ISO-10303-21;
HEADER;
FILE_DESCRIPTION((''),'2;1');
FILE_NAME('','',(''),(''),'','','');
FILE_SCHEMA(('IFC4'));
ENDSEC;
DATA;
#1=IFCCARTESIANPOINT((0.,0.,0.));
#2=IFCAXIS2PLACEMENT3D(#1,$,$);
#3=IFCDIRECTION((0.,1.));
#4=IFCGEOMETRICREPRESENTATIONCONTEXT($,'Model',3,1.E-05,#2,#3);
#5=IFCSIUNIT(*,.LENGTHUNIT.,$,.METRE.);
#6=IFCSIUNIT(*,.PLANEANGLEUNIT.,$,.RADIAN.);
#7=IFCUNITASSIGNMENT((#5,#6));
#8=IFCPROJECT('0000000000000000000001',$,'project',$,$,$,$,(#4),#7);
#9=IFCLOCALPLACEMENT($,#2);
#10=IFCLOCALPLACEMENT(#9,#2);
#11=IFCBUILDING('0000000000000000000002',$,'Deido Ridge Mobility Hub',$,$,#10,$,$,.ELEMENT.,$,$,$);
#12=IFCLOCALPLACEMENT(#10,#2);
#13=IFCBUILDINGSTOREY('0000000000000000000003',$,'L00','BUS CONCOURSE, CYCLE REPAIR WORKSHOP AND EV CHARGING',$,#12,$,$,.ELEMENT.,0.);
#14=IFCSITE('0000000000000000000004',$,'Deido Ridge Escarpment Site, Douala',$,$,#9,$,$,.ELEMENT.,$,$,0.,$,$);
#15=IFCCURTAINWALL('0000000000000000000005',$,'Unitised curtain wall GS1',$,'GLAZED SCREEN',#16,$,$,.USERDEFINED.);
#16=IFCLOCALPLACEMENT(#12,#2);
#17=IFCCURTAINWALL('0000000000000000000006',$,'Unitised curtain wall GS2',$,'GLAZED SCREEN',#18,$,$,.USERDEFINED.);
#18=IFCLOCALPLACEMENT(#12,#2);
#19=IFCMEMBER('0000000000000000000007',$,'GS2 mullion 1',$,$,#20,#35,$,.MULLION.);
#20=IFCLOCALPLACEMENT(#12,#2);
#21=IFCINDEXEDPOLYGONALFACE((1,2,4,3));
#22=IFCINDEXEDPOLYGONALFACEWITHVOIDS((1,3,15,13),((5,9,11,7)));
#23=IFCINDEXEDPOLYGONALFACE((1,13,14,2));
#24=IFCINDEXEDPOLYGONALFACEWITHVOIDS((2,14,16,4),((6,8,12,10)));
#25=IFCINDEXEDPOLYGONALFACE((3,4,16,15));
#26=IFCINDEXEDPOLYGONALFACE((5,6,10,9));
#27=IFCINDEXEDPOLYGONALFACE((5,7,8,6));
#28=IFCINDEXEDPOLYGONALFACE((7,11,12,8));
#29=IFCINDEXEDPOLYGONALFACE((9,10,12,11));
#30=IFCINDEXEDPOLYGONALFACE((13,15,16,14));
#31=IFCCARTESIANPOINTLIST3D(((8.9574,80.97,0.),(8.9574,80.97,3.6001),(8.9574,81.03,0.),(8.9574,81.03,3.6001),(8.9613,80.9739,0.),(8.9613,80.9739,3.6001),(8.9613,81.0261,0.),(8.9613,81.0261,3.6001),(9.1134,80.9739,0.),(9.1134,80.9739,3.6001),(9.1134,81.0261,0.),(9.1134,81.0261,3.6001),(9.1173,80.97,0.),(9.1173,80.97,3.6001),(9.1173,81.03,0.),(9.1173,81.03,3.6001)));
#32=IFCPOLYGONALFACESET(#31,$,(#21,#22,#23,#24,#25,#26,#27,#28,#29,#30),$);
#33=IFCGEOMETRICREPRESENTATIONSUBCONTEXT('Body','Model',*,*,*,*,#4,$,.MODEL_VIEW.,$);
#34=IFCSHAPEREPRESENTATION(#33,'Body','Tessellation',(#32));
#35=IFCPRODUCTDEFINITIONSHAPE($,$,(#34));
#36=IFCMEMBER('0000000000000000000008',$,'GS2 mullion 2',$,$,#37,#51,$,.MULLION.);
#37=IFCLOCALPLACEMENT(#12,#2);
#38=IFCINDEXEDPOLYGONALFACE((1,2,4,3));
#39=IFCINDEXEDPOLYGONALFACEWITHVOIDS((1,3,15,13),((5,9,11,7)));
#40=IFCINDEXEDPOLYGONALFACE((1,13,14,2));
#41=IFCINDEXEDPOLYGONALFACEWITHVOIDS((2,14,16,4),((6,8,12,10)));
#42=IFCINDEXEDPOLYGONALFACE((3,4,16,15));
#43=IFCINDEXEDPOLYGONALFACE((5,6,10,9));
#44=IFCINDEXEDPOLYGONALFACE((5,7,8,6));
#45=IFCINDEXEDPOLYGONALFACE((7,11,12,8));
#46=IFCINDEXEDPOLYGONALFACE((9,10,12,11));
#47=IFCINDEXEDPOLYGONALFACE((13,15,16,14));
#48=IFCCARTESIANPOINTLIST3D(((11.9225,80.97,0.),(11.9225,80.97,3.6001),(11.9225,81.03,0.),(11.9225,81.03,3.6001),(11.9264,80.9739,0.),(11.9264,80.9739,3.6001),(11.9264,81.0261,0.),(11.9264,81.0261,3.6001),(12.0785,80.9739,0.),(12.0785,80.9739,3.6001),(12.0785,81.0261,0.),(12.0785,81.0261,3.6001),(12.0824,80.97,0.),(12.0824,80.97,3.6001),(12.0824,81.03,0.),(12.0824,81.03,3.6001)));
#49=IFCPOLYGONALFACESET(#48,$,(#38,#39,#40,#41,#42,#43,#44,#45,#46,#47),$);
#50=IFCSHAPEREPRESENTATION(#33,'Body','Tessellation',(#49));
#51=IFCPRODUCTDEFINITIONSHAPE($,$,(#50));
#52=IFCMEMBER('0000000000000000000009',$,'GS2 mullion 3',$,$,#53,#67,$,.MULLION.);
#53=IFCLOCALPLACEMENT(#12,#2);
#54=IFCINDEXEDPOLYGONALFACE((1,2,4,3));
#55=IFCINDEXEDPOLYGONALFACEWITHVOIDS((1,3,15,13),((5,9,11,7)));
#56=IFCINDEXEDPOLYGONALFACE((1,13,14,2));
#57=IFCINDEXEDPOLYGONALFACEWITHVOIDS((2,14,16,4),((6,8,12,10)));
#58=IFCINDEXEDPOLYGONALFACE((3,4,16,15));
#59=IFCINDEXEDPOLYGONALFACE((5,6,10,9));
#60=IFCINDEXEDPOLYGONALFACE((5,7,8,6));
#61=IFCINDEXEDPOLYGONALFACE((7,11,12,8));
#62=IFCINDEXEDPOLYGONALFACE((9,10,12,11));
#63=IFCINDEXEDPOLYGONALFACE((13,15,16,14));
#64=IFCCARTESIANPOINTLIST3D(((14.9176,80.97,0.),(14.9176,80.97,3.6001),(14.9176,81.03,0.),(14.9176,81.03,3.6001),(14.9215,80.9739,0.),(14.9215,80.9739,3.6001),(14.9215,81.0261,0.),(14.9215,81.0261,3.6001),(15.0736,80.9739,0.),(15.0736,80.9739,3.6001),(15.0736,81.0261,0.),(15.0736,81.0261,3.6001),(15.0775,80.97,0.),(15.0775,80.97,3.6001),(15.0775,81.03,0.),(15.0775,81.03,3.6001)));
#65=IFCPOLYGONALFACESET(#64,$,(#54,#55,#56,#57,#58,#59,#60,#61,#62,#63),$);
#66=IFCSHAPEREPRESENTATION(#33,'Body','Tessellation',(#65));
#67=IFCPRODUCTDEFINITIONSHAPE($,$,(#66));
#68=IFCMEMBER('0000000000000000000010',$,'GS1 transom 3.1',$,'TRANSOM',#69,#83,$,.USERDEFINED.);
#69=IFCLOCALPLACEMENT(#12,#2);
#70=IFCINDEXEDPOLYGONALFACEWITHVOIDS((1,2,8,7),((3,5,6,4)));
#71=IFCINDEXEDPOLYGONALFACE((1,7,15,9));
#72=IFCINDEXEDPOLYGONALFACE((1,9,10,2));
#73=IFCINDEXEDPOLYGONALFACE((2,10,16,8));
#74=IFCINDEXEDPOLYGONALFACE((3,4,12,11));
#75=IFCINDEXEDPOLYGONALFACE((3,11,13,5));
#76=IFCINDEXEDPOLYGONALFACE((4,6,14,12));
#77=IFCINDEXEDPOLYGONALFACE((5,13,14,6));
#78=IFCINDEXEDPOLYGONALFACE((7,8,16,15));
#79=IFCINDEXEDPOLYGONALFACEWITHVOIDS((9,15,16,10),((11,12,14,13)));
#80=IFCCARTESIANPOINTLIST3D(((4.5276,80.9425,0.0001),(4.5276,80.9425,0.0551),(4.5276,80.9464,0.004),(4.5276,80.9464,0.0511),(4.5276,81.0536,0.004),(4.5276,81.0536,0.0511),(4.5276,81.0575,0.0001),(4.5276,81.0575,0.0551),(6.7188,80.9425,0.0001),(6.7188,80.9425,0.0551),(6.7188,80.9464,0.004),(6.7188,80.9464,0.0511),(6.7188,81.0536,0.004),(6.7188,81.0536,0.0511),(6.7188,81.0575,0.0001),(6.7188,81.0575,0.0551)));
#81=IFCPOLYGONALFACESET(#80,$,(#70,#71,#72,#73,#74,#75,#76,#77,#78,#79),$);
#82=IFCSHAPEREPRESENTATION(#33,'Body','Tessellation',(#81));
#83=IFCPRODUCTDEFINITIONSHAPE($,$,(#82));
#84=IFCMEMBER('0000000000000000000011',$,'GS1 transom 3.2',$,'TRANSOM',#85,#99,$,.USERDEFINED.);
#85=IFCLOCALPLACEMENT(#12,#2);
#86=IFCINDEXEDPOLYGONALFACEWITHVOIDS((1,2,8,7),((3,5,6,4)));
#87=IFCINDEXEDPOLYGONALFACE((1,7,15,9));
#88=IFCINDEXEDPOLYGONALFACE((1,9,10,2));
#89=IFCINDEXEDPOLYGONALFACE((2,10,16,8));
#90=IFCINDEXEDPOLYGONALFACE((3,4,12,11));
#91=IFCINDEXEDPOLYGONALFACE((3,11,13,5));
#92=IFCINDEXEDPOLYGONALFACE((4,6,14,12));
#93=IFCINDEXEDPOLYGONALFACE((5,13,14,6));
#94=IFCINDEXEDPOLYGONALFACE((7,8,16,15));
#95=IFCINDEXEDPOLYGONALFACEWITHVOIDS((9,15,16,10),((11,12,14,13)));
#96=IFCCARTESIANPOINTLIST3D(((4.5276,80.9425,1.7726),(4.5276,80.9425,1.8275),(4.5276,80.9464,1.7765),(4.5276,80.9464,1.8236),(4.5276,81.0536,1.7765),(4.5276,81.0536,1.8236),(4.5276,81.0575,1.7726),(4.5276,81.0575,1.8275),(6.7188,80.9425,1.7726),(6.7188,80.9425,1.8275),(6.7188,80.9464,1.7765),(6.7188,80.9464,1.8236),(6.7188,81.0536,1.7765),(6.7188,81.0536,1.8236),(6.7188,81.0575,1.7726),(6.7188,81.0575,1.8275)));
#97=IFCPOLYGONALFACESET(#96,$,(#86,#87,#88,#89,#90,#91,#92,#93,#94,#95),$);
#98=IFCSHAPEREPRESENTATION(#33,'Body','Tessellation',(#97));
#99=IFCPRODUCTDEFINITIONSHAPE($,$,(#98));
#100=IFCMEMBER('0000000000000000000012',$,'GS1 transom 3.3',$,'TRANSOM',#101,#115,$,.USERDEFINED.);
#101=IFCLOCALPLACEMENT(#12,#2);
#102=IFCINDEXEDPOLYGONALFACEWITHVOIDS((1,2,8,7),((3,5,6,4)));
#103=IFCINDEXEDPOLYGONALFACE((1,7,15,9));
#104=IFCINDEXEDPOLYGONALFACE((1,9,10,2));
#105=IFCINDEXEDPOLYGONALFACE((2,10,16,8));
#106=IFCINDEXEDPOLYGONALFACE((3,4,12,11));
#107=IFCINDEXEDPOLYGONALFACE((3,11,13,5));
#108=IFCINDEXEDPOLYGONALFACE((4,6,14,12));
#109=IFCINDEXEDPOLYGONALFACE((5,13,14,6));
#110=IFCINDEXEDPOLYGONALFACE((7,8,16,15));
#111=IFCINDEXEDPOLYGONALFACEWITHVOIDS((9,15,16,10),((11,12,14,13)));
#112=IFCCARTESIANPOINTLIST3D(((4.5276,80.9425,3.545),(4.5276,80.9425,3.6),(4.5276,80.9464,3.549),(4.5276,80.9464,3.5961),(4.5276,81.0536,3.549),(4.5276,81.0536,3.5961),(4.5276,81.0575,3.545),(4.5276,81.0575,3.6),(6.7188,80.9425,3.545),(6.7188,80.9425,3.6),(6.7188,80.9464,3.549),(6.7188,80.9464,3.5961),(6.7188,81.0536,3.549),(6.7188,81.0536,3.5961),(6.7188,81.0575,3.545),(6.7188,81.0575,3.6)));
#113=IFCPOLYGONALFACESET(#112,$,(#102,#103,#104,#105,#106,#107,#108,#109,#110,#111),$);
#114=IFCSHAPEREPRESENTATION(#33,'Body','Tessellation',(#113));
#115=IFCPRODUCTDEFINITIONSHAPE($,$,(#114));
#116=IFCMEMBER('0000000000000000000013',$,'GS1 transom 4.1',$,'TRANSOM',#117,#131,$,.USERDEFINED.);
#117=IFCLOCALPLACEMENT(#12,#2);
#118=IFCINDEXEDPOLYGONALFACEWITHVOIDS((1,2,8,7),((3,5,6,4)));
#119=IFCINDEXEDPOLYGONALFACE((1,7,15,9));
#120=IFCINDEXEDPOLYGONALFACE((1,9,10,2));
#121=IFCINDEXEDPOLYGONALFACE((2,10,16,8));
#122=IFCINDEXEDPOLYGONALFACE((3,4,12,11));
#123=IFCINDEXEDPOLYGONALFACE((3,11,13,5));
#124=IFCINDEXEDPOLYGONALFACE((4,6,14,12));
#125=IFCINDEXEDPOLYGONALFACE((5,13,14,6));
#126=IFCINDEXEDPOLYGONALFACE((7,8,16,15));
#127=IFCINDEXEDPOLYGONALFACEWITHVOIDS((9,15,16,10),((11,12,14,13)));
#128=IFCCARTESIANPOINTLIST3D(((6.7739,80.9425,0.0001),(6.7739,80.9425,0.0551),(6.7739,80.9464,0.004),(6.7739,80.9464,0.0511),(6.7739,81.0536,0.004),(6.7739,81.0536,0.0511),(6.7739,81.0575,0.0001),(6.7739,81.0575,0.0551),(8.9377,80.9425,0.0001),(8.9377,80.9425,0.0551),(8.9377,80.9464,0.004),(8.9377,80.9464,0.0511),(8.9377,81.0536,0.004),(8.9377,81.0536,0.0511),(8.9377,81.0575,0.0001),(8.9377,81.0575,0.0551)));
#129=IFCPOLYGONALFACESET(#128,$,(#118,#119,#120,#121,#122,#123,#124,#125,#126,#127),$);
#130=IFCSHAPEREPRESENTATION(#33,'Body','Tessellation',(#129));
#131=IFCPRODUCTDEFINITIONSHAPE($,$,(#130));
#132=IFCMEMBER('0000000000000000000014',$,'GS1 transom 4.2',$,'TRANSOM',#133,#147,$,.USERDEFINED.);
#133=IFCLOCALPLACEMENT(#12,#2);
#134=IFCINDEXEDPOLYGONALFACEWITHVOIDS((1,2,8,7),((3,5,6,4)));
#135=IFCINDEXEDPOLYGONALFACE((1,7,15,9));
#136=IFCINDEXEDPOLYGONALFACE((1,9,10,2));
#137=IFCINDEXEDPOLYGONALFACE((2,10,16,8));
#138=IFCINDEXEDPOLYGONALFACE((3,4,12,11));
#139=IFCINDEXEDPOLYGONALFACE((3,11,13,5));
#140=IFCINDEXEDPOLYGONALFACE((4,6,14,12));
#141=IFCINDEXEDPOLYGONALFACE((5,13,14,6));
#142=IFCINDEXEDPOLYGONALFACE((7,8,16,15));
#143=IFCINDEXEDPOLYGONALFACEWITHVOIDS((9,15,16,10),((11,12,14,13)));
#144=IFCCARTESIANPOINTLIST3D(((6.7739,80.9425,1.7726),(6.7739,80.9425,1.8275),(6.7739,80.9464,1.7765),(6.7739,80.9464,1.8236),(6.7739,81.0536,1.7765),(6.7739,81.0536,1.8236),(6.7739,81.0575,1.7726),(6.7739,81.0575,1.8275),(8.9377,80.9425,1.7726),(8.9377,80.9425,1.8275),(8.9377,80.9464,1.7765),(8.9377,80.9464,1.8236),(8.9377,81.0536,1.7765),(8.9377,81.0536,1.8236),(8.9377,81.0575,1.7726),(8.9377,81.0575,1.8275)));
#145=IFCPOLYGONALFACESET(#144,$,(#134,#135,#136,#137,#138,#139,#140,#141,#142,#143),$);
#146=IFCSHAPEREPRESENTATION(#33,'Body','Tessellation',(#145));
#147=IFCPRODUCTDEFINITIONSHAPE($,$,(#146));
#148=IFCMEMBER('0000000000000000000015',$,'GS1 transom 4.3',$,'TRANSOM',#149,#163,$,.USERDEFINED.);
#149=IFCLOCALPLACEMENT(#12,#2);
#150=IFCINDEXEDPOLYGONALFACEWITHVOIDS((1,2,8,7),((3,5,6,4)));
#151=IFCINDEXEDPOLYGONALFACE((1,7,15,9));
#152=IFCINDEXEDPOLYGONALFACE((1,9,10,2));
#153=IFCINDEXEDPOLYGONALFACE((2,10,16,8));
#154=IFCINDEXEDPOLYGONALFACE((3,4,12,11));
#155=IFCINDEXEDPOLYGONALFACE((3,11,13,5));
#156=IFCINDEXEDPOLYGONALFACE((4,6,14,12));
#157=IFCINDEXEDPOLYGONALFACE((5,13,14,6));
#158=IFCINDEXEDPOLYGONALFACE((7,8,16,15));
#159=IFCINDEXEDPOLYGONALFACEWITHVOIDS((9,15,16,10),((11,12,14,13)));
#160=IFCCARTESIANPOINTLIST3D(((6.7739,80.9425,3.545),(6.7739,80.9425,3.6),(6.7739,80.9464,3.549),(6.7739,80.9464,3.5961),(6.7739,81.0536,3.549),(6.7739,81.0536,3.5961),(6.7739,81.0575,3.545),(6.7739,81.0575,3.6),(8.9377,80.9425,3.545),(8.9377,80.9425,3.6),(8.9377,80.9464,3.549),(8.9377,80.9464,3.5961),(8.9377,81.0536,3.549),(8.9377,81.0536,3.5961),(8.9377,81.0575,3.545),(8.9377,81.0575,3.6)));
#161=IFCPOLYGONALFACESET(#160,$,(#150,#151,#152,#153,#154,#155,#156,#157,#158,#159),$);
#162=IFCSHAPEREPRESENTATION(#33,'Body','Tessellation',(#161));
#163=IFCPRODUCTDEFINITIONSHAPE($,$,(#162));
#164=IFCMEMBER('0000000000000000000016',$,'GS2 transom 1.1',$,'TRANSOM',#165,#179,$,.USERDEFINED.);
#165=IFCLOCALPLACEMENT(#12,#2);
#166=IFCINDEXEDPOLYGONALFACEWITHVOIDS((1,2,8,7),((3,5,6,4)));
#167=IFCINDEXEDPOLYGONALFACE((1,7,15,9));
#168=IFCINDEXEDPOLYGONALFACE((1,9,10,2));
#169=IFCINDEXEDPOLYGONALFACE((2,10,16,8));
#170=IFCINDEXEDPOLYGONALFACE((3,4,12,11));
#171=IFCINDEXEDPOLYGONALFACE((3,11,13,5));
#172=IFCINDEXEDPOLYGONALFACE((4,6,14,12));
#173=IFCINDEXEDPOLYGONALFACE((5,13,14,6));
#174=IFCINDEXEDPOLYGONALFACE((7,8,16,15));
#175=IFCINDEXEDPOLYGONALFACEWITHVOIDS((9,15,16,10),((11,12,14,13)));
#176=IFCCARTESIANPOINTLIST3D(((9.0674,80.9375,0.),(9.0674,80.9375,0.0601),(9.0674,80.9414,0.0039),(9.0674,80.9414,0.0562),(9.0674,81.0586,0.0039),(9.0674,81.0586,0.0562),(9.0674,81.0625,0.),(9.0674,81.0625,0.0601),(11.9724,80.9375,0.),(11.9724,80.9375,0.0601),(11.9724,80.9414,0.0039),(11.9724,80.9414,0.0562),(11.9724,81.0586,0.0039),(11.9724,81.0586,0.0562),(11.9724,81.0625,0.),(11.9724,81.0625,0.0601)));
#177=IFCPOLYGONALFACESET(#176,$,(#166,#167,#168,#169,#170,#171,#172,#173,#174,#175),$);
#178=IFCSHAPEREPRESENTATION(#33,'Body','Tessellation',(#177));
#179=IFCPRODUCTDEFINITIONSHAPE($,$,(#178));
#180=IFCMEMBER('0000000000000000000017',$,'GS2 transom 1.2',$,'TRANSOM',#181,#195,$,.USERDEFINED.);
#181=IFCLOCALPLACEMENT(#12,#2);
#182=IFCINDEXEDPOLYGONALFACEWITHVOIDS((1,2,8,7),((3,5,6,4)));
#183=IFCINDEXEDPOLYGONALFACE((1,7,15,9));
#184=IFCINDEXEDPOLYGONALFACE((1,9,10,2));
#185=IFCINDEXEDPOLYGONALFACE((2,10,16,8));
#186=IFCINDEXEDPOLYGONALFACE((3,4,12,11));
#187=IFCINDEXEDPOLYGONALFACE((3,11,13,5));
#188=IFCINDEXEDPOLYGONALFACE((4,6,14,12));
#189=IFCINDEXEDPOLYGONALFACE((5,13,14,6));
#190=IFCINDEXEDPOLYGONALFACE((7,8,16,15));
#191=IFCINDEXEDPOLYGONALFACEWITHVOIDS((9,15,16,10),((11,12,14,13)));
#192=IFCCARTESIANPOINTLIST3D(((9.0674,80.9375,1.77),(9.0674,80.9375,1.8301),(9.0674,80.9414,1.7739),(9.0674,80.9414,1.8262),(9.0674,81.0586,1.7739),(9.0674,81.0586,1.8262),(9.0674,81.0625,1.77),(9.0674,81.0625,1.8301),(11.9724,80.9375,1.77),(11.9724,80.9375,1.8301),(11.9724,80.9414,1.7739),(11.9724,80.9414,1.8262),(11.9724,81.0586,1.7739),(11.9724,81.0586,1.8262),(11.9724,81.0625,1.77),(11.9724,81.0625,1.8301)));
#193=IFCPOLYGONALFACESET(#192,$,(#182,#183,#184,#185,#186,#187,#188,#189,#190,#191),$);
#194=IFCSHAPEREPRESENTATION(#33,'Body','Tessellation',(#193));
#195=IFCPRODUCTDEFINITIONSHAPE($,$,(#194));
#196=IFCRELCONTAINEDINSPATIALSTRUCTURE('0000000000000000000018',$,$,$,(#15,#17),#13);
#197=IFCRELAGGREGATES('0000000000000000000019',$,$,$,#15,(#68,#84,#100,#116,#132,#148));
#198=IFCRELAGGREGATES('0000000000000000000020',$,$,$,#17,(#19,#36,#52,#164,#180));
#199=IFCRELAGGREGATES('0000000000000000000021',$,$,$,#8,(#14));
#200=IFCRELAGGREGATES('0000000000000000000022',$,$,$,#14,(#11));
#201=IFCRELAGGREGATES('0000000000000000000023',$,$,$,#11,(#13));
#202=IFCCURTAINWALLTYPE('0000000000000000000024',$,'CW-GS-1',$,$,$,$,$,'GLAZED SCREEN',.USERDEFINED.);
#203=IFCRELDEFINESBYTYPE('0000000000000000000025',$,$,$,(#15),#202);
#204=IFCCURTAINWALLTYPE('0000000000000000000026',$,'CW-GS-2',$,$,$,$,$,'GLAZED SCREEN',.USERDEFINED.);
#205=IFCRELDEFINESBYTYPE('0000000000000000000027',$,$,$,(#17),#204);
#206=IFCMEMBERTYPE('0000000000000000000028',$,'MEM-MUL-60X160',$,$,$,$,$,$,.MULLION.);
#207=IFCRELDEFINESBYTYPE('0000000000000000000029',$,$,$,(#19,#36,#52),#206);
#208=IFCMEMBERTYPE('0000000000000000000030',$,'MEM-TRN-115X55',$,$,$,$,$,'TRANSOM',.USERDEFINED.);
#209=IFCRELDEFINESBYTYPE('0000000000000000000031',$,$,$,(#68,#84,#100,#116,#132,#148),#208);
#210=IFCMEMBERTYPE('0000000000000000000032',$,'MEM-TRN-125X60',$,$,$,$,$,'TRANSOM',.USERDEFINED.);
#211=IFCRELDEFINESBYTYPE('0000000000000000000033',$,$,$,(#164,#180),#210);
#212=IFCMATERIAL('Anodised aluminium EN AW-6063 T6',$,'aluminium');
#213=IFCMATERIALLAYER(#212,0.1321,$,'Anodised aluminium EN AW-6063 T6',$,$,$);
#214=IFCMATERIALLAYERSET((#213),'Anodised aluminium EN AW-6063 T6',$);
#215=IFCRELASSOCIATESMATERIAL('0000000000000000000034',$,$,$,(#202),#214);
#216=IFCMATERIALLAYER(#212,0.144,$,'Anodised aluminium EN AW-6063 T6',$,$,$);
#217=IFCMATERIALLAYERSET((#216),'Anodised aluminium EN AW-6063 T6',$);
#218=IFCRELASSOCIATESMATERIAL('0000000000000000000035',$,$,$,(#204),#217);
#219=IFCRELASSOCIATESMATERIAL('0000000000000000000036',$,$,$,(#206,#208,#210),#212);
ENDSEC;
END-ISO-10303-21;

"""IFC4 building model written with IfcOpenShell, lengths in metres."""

from ifc_helpers import new_model, si_unit, direction, frame, origin, origin_2d, place, context, subcontext, project, spatial, hollow_rectangle, extrude, material, layer, layer_set, material_profile, profile_set, type_object, element, aggregate, save


model = new_model("IFC4")

# Units and contexts
model_context = context("Model", 3, precision=1e-05, world=origin(), true_north=direction((0.0, 1.0)))
body_context = subcontext(model_context, "Body", "Model", "MODEL_VIEW")
ifc_project = project(units=[si_unit("LENGTHUNIT", "METRE"), si_unit("PLANEANGLEUNIT", "RADIAN")], contexts=[model_context])

# Site, building, storey
site_placement = place(None, origin())
site = spatial("IfcSite", under=ifc_project, at=site_placement, Name="Deido Ridge Escarpment Site, Douala", CompositionType="ELEMENT", RefElevation=0.0)
building_placement = place(site_placement, origin())
building = spatial("IfcBuilding", under=site, at=building_placement, Name="Deido Ridge Mobility Hub", CompositionType="ELEMENT")
storey_placement = place(building_placement, origin())
storey = spatial("IfcBuildingStorey", under=building, at=storey_placement, Name="L00", Description="BUS CONCOURSE, CYCLE REPAIR WORKSHOP AND EV CHARGING", CompositionType="ELEMENT", Elevation=0.0)

# Curtain walls, members
ifc_material_1 = material(Name="Anodised aluminium EN AW-6063 T6", Category="aluminium")
ifc_layer_1 = layer(ifc_material_1, 0.1321, Name="Anodised aluminium EN AW-6063 T6")
ifc_layer_set_1 = layer_set([ifc_layer_1], Name="Anodised aluminium EN AW-6063 T6")
curtain_wall_type_1 = type_object("IfcCurtainWallType", Name="CW-GS-1", ElementType="GLAZED SCREEN", PredefinedType="USERDEFINED", material=ifc_layer_set_1)
curtain_wall_1_placement = place(storey_placement, origin())
curtain_wall_1 = element("IfcCurtainWall", 1, at=curtain_wall_1_placement, inside=storey, type_object=curtain_wall_type_1, Name="Unitised curtain wall GS1", ObjectType="GLAZED SCREEN", PredefinedType="USERDEFINED")
ifc_layer_2 = layer(ifc_material_1, 0.144, Name="Anodised aluminium EN AW-6063 T6")
ifc_layer_set_2 = layer_set([ifc_layer_2], Name="Anodised aluminium EN AW-6063 T6")
curtain_wall_type_2 = type_object("IfcCurtainWallType", Name="CW-GS-2", ElementType="GLAZED SCREEN", PredefinedType="USERDEFINED", material=ifc_layer_set_2)
curtain_wall_2_placement = place(storey_placement, origin())
curtain_wall_2 = element("IfcCurtainWall", 2, at=curtain_wall_2_placement, inside=storey, type_object=curtain_wall_type_2, Name="Unitised curtain wall GS2", ObjectType="GLAZED SCREEN", PredefinedType="USERDEFINED")
ifc_material_profile_1 = material_profile(ifc_material_1, hollow_rectangle(XDim=0.0601, YDim=0.1599, WallThickness=0.0039, at=origin_2d()), Name="RHS 60x160x4")
ifc_profile_set_1 = profile_set([ifc_material_profile_1], Name="Anodised aluminium EN AW-6063 T6")
member_type_1 = type_object("IfcMemberType", Name="MEM-MUL-60X160", PredefinedType="MULLION", material=ifc_profile_set_1)
member_1_placement = place(storey_placement, frame((9.0374, 81.0, 0.0), z_axis=(0.0, 0.0, 1.0), x_axis=(0.0, 1.0, 0.0)))
member_1 = element("IfcMember", 3, at=member_1_placement, type_object=member_type_1, Name="GS2 mullion 1", PredefinedType="MULLION", context=body_context, shape_type="SweptSolid", body=[
    extrude(hollow_rectangle(XDim=0.0601, YDim=0.1599, WallThickness=0.0039, at=origin_2d()), origin(), (0.0, 0.0, 1.0), 3.6001),
])
member_2_placement = place(storey_placement, frame((12.0024, 81.0, 0.0), z_axis=(0.0, 0.0, 1.0), x_axis=(0.0, 1.0, 0.0)))
member_2 = element("IfcMember", 4, at=member_2_placement, type_object=member_type_1, Name="GS2 mullion 2", PredefinedType="MULLION", context=body_context, shape_type="SweptSolid", body=[
    extrude(hollow_rectangle(XDim=0.0601, YDim=0.1599, WallThickness=0.0039, at=origin_2d()), origin(), (0.0, 0.0, 1.0), 3.6001),
])
member_3_placement = place(storey_placement, frame((14.9976, 81.0, 0.0), z_axis=(0.0, 0.0, 1.0), x_axis=(0.0, 1.0, 0.0)))
member_3 = element("IfcMember", 5, at=member_3_placement, type_object=member_type_1, Name="GS2 mullion 3", PredefinedType="MULLION", context=body_context, shape_type="SweptSolid", body=[
    extrude(hollow_rectangle(XDim=0.0601, YDim=0.1599, WallThickness=0.0039, at=origin_2d()), origin(), (0.0, 0.0, 1.0), 3.6001),
])

# Members
ifc_material_profile_2 = material_profile(ifc_material_1, hollow_rectangle(XDim=0.115, YDim=0.0549, WallThickness=0.0039, at=origin_2d()), Name="RHS 115x55x4")
ifc_profile_set_2 = profile_set([ifc_material_profile_2], Name="Anodised aluminium EN AW-6063 T6")
member_type_2 = type_object("IfcMemberType", Name="MEM-TRN-115X55", ElementType="TRANSOM", PredefinedType="USERDEFINED", material=ifc_profile_set_2)
member_4_placement = place(storey_placement, frame((4.5276, 81.0, 0.0276), z_axis=(1.0, 0.0, 0.0), x_axis=(0.0, 1.0, 0.0)))
member_4 = element("IfcMember", 6, at=member_4_placement, type_object=member_type_2, Name="GS1 transom 3.1", ObjectType="TRANSOM", PredefinedType="USERDEFINED", context=body_context, shape_type="SweptSolid", body=[
    extrude(hollow_rectangle(XDim=0.115, YDim=0.0549, WallThickness=0.0039, at=origin_2d()), origin(), (0.0, 0.0, 1.0), 2.1912),
])
member_5_placement = place(storey_placement, frame((4.5276, 81.0, 1.8), z_axis=(1.0, 0.0, 0.0), x_axis=(0.0, 1.0, 0.0)))
member_5 = element("IfcMember", 7, at=member_5_placement, type_object=member_type_2, Name="GS1 transom 3.2", ObjectType="TRANSOM", PredefinedType="USERDEFINED", context=body_context, shape_type="SweptSolid", body=[
    extrude(hollow_rectangle(XDim=0.115, YDim=0.0549, WallThickness=0.0039, at=origin_2d()), origin(), (0.0, 0.0, 1.0), 2.1912),
])
member_6_placement = place(storey_placement, frame((4.5276, 81.0, 3.5725), z_axis=(1.0, 0.0, 0.0), x_axis=(0.0, 1.0, 0.0)))
member_6 = element("IfcMember", 8, at=member_6_placement, type_object=member_type_2, Name="GS1 transom 3.3", ObjectType="TRANSOM", PredefinedType="USERDEFINED", context=body_context, shape_type="SweptSolid", body=[
    extrude(hollow_rectangle(XDim=0.115, YDim=0.0549, WallThickness=0.0039, at=origin_2d()), origin(), (0.0, 0.0, 1.0), 2.1912),
])
member_7_placement = place(storey_placement, frame((6.7739, 81.0, 0.0276), z_axis=(1.0, 0.0, 0.0), x_axis=(0.0, 1.0, 0.0)))
member_7 = element("IfcMember", 9, at=member_7_placement, type_object=member_type_2, Name="GS1 transom 4.1", ObjectType="TRANSOM", PredefinedType="USERDEFINED", context=body_context, shape_type="SweptSolid", body=[
    extrude(hollow_rectangle(XDim=0.115, YDim=0.0549, WallThickness=0.0039, at=origin_2d()), origin(), (0.0, 0.0, 1.0), 2.1638),
])
member_8_placement = place(storey_placement, frame((6.7739, 81.0, 1.8), z_axis=(1.0, 0.0, 0.0), x_axis=(0.0, 1.0, 0.0)))
member_8 = element("IfcMember", 10, at=member_8_placement, type_object=member_type_2, Name="GS1 transom 4.2", ObjectType="TRANSOM", PredefinedType="USERDEFINED", context=body_context, shape_type="SweptSolid", body=[
    extrude(hollow_rectangle(XDim=0.115, YDim=0.0549, WallThickness=0.0039, at=origin_2d()), origin(), (0.0, 0.0, 1.0), 2.1638),
])
member_9_placement = place(storey_placement, frame((6.7739, 81.0, 3.5725), z_axis=(1.0, 0.0, 0.0), x_axis=(0.0, 1.0, 0.0)))
member_9 = element("IfcMember", 11, at=member_9_placement, type_object=member_type_2, Name="GS1 transom 4.3", ObjectType="TRANSOM", PredefinedType="USERDEFINED", context=body_context, shape_type="SweptSolid", body=[
    extrude(hollow_rectangle(XDim=0.115, YDim=0.0549, WallThickness=0.0039, at=origin_2d()), origin(), (0.0, 0.0, 1.0), 2.1638),
])
ifc_material_profile_3 = material_profile(ifc_material_1, hollow_rectangle(XDim=0.125, YDim=0.0601, WallThickness=0.0039, at=origin_2d()), Name="RHS 125x60x4")
ifc_profile_set_3 = profile_set([ifc_material_profile_3], Name="Anodised aluminium EN AW-6063 T6")
member_type_3 = type_object("IfcMemberType", Name="MEM-TRN-125X60", ElementType="TRANSOM", PredefinedType="USERDEFINED", material=ifc_profile_set_3)
member_10_placement = place(storey_placement, frame((9.0674, 81.0, 0.03), z_axis=(1.0, 0.0, 0.0), x_axis=(0.0, 1.0, 0.0)))
member_10 = element("IfcMember", 12, at=member_10_placement, type_object=member_type_3, Name="GS2 transom 1.1", ObjectType="TRANSOM", PredefinedType="USERDEFINED", context=body_context, shape_type="SweptSolid", body=[
    extrude(hollow_rectangle(XDim=0.125, YDim=0.0601, WallThickness=0.0039, at=origin_2d()), origin(), (0.0, 0.0, 1.0), 2.905),
])
member_11_placement = place(storey_placement, frame((9.0674, 81.0, 1.8), z_axis=(1.0, 0.0, 0.0), x_axis=(0.0, 1.0, 0.0)))
member_11 = element("IfcMember", 13, at=member_11_placement, type_object=member_type_3, Name="GS2 transom 1.2", ObjectType="TRANSOM", PredefinedType="USERDEFINED", context=body_context, shape_type="SweptSolid", body=[
    extrude(hollow_rectangle(XDim=0.125, YDim=0.0601, WallThickness=0.0039, at=origin_2d()), origin(), (0.0, 0.0, 1.0), 2.905),
])

aggregate(curtain_wall_1, [member_4, member_5, member_6, member_7, member_8, member_9])
aggregate(curtain_wall_2, [member_1, member_2, member_3, member_10, member_11])

save(model, "model.ifc")
